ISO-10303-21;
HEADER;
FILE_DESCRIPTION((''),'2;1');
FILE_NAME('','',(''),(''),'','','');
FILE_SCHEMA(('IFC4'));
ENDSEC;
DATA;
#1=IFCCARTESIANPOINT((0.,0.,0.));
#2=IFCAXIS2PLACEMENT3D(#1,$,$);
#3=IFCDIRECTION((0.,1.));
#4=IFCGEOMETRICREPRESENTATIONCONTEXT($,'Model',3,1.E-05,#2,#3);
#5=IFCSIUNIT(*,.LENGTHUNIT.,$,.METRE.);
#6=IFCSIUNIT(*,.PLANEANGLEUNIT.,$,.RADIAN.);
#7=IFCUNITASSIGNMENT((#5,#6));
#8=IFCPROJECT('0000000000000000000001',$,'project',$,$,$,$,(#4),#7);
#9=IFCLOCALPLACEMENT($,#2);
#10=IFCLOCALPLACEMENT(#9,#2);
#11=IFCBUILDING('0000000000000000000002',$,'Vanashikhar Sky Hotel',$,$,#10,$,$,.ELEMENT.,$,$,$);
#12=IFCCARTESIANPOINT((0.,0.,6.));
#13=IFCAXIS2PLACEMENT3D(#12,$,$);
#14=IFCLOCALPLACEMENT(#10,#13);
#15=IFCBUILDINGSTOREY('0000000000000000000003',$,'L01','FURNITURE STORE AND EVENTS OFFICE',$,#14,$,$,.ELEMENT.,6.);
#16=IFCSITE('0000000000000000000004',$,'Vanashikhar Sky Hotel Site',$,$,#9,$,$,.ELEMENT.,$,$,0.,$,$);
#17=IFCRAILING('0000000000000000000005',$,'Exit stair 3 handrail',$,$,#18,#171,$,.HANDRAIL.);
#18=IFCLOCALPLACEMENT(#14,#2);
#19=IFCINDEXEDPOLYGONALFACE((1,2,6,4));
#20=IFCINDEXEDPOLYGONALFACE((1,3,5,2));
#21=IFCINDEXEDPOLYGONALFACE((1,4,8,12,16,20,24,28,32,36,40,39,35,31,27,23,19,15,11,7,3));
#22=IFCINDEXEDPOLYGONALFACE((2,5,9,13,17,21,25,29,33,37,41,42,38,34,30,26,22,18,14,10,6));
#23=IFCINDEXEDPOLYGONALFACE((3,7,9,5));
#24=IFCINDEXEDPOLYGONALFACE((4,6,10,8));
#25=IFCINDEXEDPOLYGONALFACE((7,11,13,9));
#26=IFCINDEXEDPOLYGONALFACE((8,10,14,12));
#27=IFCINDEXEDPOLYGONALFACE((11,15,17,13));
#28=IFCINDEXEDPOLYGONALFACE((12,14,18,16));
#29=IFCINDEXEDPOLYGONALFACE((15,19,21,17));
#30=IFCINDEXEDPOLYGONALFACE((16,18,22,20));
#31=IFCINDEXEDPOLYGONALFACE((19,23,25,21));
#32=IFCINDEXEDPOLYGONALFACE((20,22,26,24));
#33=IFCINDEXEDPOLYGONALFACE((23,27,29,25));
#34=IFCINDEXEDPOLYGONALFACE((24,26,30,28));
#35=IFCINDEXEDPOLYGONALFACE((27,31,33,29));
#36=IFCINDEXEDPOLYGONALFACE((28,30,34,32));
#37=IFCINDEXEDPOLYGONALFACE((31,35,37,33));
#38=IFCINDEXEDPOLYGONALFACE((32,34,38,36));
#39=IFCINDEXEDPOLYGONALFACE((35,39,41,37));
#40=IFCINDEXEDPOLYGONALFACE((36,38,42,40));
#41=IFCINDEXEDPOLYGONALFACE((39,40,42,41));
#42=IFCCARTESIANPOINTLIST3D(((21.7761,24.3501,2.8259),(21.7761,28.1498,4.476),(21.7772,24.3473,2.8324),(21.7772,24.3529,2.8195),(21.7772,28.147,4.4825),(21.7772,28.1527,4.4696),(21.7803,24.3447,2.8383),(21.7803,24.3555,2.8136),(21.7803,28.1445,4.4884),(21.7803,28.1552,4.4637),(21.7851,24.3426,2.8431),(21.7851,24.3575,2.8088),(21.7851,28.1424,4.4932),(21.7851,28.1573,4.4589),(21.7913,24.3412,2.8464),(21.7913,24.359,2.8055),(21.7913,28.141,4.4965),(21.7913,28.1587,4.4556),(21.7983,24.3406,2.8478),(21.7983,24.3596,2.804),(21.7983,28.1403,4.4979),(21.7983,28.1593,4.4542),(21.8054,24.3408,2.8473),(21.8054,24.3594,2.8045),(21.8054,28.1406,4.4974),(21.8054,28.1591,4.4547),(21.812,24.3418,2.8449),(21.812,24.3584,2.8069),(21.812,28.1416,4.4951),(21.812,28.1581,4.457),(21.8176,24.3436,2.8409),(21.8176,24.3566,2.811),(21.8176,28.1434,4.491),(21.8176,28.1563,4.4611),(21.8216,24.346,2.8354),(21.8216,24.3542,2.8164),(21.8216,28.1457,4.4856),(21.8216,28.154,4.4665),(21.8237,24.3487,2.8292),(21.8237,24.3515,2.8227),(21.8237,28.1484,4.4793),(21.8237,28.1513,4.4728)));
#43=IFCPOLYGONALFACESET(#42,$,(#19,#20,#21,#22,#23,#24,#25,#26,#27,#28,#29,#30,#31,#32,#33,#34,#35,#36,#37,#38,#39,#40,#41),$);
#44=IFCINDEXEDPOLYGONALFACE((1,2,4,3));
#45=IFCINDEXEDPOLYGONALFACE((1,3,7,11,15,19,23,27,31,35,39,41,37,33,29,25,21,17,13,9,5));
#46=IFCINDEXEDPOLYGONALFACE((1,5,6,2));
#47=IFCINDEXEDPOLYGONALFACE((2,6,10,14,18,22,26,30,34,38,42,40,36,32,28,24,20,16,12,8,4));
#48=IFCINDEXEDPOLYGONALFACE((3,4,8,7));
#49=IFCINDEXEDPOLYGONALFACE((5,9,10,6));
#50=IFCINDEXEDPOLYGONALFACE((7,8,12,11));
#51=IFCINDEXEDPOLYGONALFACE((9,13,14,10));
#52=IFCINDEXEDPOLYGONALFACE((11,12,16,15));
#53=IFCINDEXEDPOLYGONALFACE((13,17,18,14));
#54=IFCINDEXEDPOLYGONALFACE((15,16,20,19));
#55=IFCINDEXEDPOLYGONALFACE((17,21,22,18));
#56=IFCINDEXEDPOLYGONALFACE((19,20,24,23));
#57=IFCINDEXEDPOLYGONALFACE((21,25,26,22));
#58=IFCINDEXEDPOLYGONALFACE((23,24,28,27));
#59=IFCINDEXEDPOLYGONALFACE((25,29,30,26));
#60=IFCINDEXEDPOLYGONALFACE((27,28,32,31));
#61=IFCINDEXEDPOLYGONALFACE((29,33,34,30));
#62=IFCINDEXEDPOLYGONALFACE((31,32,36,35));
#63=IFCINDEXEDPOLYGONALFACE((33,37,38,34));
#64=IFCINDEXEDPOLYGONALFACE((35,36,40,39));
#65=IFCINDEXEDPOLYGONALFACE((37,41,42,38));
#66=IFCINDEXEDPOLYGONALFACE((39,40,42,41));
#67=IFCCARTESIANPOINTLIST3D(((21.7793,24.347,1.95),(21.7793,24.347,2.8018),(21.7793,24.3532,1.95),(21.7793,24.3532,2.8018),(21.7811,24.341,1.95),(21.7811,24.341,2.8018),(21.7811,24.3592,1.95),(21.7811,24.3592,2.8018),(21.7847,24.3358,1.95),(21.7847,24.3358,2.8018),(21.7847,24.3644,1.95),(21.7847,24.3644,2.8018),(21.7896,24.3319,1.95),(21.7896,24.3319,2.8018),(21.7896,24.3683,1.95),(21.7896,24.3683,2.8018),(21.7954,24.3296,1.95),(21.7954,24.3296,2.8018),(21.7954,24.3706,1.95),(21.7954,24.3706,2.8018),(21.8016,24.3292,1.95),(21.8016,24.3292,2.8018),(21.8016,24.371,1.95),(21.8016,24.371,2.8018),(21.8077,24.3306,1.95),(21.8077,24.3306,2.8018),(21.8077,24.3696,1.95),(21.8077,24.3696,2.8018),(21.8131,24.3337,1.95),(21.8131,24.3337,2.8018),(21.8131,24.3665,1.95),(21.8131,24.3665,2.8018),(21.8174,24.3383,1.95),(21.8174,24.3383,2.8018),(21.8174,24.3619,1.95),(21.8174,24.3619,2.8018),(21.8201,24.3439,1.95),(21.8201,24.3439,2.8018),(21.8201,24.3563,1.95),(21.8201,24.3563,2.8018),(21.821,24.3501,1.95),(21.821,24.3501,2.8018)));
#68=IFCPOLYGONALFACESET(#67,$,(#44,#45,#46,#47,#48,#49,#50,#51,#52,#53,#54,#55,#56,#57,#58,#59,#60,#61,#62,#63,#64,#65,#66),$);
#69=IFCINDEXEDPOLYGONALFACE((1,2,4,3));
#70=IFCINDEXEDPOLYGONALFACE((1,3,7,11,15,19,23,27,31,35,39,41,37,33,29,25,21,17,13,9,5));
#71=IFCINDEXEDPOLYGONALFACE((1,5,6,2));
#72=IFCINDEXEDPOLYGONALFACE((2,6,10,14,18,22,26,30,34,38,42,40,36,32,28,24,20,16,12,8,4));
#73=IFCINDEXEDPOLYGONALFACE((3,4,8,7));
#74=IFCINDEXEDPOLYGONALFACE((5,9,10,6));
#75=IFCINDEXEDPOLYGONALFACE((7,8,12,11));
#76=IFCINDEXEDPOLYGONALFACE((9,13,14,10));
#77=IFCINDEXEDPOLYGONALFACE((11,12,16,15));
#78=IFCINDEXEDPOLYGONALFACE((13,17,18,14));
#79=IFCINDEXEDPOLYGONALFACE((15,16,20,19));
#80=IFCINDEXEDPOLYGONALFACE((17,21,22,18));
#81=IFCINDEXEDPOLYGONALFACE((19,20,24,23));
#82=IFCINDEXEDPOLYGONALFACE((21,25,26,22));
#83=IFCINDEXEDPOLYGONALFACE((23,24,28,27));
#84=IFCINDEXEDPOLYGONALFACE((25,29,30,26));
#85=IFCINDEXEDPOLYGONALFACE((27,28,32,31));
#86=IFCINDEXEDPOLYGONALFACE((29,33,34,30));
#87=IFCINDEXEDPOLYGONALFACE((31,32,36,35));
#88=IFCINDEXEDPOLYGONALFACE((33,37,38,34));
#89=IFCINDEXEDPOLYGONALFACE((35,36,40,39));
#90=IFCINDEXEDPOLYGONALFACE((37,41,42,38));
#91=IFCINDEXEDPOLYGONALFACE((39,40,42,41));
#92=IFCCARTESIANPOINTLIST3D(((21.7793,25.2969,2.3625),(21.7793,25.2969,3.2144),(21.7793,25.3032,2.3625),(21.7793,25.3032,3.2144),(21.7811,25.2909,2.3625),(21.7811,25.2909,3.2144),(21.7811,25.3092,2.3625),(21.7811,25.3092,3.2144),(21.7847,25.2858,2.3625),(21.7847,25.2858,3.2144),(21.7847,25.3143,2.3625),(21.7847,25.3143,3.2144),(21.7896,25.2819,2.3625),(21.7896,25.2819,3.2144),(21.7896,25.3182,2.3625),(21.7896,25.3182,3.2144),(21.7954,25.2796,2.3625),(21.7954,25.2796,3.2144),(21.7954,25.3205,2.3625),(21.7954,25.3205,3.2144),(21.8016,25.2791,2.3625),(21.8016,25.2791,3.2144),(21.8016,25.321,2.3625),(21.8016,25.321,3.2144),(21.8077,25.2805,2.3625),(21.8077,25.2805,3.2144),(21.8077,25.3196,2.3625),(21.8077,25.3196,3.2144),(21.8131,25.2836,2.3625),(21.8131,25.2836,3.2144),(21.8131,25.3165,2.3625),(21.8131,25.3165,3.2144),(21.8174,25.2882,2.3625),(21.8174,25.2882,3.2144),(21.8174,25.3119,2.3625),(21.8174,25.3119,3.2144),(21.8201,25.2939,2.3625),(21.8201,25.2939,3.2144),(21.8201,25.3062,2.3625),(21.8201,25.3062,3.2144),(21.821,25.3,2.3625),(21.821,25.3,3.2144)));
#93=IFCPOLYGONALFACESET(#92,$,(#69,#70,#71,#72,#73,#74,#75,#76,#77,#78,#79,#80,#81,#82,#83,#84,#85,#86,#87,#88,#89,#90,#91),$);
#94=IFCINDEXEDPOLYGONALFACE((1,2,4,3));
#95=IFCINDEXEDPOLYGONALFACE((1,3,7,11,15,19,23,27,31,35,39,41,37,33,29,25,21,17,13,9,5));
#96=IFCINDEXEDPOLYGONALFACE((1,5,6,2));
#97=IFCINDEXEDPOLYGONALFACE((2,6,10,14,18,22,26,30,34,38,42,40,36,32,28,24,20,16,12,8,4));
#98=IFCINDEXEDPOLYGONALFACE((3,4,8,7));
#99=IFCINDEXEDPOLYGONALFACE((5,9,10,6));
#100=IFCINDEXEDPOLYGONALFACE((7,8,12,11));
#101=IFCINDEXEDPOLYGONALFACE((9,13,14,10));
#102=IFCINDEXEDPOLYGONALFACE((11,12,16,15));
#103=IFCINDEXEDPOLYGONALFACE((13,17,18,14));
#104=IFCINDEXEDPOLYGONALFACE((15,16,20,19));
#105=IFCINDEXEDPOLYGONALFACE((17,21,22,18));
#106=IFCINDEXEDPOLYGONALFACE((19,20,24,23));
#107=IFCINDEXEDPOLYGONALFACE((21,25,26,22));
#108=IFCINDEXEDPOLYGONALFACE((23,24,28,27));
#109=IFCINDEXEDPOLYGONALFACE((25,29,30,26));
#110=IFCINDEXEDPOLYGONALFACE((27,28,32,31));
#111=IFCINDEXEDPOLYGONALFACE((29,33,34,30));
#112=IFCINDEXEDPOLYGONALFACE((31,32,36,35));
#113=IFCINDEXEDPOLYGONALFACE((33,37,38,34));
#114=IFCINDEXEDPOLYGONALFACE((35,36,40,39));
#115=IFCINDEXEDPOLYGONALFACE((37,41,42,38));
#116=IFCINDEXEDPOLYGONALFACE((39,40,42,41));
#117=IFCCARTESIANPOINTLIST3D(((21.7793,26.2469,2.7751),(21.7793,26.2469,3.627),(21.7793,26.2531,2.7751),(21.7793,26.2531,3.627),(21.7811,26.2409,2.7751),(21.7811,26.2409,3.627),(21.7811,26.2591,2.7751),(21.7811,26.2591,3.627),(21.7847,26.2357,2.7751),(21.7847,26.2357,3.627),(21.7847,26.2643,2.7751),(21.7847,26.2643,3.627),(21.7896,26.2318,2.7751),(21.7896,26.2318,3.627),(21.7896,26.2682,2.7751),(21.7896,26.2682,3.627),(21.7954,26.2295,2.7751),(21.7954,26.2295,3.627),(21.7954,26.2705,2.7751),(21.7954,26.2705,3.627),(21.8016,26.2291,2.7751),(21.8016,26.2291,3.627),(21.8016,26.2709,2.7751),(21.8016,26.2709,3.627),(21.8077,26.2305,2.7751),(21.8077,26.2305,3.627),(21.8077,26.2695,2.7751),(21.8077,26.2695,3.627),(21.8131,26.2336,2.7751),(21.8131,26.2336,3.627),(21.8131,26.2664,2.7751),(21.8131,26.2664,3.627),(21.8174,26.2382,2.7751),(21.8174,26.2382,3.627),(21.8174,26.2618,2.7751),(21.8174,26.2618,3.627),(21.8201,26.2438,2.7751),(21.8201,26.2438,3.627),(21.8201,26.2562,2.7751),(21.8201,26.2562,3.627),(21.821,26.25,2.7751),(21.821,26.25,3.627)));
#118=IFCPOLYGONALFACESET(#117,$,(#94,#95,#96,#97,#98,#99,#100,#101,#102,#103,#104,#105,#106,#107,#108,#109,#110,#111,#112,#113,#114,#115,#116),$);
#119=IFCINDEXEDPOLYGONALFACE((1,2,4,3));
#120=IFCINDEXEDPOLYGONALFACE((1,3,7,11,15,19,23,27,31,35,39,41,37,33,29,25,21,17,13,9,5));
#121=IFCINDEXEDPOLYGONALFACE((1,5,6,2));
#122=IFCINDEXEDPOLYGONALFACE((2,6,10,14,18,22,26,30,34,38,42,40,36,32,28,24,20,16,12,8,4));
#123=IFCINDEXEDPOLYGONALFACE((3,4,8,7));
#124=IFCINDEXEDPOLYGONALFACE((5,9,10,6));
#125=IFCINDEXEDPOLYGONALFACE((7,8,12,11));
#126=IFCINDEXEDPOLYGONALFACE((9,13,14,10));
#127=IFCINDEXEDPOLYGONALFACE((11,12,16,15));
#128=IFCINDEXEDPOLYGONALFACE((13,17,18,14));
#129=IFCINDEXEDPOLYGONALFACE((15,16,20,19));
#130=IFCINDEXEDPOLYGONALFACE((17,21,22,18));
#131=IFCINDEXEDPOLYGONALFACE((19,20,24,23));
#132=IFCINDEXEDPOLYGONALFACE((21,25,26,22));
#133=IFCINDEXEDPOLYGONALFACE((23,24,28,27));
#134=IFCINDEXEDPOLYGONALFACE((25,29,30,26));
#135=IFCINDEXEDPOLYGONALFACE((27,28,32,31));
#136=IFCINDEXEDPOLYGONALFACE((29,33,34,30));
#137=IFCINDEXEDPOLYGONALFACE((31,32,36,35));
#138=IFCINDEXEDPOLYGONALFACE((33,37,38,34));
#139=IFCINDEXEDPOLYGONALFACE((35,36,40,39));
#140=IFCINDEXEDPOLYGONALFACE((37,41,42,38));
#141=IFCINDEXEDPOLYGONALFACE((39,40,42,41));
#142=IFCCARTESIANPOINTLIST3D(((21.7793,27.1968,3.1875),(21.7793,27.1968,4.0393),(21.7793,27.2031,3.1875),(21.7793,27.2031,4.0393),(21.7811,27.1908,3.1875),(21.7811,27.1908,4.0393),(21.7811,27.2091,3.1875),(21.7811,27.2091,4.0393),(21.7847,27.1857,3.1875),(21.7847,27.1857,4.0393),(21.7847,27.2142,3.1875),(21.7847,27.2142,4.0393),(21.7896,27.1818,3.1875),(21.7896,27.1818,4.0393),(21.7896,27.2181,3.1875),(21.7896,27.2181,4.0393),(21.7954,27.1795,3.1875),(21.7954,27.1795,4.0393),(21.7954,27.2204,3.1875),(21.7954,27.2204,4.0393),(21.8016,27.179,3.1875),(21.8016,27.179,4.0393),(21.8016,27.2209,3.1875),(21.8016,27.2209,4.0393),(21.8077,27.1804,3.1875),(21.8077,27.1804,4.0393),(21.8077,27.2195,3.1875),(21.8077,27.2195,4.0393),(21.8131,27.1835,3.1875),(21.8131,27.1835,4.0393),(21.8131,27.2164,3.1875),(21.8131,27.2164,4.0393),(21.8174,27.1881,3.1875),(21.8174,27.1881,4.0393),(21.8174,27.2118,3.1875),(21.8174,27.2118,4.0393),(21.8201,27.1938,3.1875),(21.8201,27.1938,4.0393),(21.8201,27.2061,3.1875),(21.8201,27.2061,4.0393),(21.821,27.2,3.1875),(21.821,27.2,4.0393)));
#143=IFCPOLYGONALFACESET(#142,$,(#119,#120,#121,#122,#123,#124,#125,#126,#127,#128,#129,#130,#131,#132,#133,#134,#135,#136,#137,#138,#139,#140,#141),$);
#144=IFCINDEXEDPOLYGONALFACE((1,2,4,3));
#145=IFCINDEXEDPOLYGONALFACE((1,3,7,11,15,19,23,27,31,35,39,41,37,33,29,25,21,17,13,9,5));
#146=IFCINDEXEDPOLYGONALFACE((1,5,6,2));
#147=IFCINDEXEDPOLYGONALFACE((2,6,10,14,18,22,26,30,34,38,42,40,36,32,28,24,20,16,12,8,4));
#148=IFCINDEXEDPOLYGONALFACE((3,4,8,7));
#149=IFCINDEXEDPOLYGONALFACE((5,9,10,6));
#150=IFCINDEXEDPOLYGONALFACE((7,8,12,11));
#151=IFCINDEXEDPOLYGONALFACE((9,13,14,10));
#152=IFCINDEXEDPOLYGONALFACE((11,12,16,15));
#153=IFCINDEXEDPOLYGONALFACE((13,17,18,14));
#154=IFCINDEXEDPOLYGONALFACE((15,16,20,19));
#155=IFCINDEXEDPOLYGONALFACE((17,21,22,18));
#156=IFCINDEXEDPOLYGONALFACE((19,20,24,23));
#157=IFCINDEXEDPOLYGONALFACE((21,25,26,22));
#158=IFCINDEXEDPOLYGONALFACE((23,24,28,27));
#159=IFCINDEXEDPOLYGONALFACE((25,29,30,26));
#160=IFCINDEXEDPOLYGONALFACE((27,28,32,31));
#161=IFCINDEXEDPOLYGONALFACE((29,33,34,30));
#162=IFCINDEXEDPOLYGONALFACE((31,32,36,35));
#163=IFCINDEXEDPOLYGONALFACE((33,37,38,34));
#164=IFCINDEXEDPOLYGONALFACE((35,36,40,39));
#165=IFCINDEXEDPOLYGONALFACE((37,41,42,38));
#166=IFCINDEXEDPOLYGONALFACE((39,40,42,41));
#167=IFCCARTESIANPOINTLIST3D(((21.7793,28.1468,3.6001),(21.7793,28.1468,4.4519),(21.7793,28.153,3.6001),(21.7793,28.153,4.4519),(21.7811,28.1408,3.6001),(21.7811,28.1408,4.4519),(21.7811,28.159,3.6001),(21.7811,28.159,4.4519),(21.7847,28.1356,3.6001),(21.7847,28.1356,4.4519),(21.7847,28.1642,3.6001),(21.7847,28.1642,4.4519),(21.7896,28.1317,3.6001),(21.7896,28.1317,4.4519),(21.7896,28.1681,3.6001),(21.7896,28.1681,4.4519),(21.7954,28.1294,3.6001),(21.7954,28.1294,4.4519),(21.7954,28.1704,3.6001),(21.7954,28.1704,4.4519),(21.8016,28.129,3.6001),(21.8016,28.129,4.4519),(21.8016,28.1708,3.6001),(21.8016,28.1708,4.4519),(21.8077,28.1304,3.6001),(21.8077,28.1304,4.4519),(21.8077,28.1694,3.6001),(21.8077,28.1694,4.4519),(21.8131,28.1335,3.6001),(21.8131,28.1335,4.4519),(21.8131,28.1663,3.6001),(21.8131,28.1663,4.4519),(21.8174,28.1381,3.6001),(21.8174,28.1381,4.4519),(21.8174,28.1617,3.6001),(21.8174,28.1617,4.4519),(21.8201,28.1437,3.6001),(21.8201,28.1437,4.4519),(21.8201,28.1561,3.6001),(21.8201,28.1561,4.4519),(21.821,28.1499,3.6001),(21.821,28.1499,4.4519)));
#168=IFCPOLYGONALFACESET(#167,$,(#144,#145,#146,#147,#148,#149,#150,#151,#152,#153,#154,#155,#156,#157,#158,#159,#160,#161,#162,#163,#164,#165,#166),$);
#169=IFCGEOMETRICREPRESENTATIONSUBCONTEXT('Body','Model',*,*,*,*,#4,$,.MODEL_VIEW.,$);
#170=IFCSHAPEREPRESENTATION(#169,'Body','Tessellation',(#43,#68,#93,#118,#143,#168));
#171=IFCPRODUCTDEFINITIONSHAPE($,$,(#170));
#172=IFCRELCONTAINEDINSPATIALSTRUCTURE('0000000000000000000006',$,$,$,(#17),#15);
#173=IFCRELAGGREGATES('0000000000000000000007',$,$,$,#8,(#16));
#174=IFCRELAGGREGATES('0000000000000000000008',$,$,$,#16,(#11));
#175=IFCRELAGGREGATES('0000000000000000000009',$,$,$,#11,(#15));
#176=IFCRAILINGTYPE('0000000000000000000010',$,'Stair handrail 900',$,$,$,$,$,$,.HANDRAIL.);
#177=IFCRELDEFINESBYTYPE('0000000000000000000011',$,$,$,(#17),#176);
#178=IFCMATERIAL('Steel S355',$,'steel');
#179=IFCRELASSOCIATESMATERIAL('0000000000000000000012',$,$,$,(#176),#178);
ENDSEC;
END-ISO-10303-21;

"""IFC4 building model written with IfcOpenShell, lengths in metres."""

from ifc_helpers import new_model, si_unit, direction, frame, origin, origin_2d, place, context, subcontext, project, spatial, circle, extrude, source, transform, mapped, material, type_object, element, save


model = new_model("IFC4")

# Units and contexts
model_context = context("Model", 3, precision=1e-05, world=origin(), true_north=direction((0.0, 1.0)))
body_context = subcontext(model_context, "Body", "Model", "MODEL_VIEW")
ifc_project = project(units=[si_unit("LENGTHUNIT", "METRE"), si_unit("PLANEANGLEUNIT", "RADIAN")], contexts=[model_context])

# Site, building, storey
site_placement = place(None, origin())
site = spatial("IfcSite", under=ifc_project, at=site_placement, Name="Vanashikhar Sky Hotel Site", CompositionType="ELEMENT", RefElevation=0.0)
building_placement = place(site_placement, origin())
building = spatial("IfcBuilding", under=site, at=building_placement, Name="Vanashikhar Sky Hotel", CompositionType="ELEMENT")
storey_placement = place(building_placement, frame((0.0, 0.0, 6.0)))
storey = spatial("IfcBuildingStorey", under=building, at=storey_placement, Name="L01", Description="FURNITURE STORE AND EVENTS OFFICE", CompositionType="ELEMENT", Elevation=6.0)

# Railing
ifc_material_1 = material(Name="Steel S355", Category="steel")
railing_type_1 = type_object("IfcRailingType", Name="Stair handrail 900", PredefinedType="HANDRAIL", material=ifc_material_1)
shared_shape_1 = source(origin(), body_context, "Body", "SweptSolid", [
    extrude(circle(Radius=0.0239, at=origin_2d()), frame((0.0, 0.0, 0.876), z_axis=(0.0, 0.917241, 0.398332), x_axis=(-1.0, 0.0, 0.0)), (0.0, 0.0, 1.0), 4.1426),
    extrude(circle(Radius=0.021, at=origin_2d()), origin(), (0.0, 0.0, 1.0), 0.8518),
    extrude(circle(Radius=0.021, at=origin_2d()), frame((0.0, 0.95, 0.4126)), (0.0, 0.0, 1.0), 0.8518),
    extrude(circle(Radius=0.021, at=origin_2d()), frame((0.0, 1.8999, 0.8252)), (0.0, 0.0, 1.0), 0.8518),
    extrude(circle(Radius=0.021, at=origin_2d()), frame((0.0, 2.8499, 1.2375)), (0.0, 0.0, 1.0), 0.8518),
    extrude(circle(Radius=0.021, at=origin_2d()), frame((0.0, 3.7998, 1.6501)), (0.0, 0.0, 1.0), 0.8518),
])
railing_1_placement = place(storey_placement, frame((21.8, 24.3501, 1.95)))
element("IfcRailing", 1, at=railing_1_placement, inside=storey, type_object=railing_type_1, Name="Exit stair 3 handrail", PredefinedType="HANDRAIL", context=body_context, shape_type="MappedRepresentation", body=[
    mapped(shared_shape_1, transform((0.0, 0.0, 0.0), scale=1.0)),
])

save(model, "model.ifc")
